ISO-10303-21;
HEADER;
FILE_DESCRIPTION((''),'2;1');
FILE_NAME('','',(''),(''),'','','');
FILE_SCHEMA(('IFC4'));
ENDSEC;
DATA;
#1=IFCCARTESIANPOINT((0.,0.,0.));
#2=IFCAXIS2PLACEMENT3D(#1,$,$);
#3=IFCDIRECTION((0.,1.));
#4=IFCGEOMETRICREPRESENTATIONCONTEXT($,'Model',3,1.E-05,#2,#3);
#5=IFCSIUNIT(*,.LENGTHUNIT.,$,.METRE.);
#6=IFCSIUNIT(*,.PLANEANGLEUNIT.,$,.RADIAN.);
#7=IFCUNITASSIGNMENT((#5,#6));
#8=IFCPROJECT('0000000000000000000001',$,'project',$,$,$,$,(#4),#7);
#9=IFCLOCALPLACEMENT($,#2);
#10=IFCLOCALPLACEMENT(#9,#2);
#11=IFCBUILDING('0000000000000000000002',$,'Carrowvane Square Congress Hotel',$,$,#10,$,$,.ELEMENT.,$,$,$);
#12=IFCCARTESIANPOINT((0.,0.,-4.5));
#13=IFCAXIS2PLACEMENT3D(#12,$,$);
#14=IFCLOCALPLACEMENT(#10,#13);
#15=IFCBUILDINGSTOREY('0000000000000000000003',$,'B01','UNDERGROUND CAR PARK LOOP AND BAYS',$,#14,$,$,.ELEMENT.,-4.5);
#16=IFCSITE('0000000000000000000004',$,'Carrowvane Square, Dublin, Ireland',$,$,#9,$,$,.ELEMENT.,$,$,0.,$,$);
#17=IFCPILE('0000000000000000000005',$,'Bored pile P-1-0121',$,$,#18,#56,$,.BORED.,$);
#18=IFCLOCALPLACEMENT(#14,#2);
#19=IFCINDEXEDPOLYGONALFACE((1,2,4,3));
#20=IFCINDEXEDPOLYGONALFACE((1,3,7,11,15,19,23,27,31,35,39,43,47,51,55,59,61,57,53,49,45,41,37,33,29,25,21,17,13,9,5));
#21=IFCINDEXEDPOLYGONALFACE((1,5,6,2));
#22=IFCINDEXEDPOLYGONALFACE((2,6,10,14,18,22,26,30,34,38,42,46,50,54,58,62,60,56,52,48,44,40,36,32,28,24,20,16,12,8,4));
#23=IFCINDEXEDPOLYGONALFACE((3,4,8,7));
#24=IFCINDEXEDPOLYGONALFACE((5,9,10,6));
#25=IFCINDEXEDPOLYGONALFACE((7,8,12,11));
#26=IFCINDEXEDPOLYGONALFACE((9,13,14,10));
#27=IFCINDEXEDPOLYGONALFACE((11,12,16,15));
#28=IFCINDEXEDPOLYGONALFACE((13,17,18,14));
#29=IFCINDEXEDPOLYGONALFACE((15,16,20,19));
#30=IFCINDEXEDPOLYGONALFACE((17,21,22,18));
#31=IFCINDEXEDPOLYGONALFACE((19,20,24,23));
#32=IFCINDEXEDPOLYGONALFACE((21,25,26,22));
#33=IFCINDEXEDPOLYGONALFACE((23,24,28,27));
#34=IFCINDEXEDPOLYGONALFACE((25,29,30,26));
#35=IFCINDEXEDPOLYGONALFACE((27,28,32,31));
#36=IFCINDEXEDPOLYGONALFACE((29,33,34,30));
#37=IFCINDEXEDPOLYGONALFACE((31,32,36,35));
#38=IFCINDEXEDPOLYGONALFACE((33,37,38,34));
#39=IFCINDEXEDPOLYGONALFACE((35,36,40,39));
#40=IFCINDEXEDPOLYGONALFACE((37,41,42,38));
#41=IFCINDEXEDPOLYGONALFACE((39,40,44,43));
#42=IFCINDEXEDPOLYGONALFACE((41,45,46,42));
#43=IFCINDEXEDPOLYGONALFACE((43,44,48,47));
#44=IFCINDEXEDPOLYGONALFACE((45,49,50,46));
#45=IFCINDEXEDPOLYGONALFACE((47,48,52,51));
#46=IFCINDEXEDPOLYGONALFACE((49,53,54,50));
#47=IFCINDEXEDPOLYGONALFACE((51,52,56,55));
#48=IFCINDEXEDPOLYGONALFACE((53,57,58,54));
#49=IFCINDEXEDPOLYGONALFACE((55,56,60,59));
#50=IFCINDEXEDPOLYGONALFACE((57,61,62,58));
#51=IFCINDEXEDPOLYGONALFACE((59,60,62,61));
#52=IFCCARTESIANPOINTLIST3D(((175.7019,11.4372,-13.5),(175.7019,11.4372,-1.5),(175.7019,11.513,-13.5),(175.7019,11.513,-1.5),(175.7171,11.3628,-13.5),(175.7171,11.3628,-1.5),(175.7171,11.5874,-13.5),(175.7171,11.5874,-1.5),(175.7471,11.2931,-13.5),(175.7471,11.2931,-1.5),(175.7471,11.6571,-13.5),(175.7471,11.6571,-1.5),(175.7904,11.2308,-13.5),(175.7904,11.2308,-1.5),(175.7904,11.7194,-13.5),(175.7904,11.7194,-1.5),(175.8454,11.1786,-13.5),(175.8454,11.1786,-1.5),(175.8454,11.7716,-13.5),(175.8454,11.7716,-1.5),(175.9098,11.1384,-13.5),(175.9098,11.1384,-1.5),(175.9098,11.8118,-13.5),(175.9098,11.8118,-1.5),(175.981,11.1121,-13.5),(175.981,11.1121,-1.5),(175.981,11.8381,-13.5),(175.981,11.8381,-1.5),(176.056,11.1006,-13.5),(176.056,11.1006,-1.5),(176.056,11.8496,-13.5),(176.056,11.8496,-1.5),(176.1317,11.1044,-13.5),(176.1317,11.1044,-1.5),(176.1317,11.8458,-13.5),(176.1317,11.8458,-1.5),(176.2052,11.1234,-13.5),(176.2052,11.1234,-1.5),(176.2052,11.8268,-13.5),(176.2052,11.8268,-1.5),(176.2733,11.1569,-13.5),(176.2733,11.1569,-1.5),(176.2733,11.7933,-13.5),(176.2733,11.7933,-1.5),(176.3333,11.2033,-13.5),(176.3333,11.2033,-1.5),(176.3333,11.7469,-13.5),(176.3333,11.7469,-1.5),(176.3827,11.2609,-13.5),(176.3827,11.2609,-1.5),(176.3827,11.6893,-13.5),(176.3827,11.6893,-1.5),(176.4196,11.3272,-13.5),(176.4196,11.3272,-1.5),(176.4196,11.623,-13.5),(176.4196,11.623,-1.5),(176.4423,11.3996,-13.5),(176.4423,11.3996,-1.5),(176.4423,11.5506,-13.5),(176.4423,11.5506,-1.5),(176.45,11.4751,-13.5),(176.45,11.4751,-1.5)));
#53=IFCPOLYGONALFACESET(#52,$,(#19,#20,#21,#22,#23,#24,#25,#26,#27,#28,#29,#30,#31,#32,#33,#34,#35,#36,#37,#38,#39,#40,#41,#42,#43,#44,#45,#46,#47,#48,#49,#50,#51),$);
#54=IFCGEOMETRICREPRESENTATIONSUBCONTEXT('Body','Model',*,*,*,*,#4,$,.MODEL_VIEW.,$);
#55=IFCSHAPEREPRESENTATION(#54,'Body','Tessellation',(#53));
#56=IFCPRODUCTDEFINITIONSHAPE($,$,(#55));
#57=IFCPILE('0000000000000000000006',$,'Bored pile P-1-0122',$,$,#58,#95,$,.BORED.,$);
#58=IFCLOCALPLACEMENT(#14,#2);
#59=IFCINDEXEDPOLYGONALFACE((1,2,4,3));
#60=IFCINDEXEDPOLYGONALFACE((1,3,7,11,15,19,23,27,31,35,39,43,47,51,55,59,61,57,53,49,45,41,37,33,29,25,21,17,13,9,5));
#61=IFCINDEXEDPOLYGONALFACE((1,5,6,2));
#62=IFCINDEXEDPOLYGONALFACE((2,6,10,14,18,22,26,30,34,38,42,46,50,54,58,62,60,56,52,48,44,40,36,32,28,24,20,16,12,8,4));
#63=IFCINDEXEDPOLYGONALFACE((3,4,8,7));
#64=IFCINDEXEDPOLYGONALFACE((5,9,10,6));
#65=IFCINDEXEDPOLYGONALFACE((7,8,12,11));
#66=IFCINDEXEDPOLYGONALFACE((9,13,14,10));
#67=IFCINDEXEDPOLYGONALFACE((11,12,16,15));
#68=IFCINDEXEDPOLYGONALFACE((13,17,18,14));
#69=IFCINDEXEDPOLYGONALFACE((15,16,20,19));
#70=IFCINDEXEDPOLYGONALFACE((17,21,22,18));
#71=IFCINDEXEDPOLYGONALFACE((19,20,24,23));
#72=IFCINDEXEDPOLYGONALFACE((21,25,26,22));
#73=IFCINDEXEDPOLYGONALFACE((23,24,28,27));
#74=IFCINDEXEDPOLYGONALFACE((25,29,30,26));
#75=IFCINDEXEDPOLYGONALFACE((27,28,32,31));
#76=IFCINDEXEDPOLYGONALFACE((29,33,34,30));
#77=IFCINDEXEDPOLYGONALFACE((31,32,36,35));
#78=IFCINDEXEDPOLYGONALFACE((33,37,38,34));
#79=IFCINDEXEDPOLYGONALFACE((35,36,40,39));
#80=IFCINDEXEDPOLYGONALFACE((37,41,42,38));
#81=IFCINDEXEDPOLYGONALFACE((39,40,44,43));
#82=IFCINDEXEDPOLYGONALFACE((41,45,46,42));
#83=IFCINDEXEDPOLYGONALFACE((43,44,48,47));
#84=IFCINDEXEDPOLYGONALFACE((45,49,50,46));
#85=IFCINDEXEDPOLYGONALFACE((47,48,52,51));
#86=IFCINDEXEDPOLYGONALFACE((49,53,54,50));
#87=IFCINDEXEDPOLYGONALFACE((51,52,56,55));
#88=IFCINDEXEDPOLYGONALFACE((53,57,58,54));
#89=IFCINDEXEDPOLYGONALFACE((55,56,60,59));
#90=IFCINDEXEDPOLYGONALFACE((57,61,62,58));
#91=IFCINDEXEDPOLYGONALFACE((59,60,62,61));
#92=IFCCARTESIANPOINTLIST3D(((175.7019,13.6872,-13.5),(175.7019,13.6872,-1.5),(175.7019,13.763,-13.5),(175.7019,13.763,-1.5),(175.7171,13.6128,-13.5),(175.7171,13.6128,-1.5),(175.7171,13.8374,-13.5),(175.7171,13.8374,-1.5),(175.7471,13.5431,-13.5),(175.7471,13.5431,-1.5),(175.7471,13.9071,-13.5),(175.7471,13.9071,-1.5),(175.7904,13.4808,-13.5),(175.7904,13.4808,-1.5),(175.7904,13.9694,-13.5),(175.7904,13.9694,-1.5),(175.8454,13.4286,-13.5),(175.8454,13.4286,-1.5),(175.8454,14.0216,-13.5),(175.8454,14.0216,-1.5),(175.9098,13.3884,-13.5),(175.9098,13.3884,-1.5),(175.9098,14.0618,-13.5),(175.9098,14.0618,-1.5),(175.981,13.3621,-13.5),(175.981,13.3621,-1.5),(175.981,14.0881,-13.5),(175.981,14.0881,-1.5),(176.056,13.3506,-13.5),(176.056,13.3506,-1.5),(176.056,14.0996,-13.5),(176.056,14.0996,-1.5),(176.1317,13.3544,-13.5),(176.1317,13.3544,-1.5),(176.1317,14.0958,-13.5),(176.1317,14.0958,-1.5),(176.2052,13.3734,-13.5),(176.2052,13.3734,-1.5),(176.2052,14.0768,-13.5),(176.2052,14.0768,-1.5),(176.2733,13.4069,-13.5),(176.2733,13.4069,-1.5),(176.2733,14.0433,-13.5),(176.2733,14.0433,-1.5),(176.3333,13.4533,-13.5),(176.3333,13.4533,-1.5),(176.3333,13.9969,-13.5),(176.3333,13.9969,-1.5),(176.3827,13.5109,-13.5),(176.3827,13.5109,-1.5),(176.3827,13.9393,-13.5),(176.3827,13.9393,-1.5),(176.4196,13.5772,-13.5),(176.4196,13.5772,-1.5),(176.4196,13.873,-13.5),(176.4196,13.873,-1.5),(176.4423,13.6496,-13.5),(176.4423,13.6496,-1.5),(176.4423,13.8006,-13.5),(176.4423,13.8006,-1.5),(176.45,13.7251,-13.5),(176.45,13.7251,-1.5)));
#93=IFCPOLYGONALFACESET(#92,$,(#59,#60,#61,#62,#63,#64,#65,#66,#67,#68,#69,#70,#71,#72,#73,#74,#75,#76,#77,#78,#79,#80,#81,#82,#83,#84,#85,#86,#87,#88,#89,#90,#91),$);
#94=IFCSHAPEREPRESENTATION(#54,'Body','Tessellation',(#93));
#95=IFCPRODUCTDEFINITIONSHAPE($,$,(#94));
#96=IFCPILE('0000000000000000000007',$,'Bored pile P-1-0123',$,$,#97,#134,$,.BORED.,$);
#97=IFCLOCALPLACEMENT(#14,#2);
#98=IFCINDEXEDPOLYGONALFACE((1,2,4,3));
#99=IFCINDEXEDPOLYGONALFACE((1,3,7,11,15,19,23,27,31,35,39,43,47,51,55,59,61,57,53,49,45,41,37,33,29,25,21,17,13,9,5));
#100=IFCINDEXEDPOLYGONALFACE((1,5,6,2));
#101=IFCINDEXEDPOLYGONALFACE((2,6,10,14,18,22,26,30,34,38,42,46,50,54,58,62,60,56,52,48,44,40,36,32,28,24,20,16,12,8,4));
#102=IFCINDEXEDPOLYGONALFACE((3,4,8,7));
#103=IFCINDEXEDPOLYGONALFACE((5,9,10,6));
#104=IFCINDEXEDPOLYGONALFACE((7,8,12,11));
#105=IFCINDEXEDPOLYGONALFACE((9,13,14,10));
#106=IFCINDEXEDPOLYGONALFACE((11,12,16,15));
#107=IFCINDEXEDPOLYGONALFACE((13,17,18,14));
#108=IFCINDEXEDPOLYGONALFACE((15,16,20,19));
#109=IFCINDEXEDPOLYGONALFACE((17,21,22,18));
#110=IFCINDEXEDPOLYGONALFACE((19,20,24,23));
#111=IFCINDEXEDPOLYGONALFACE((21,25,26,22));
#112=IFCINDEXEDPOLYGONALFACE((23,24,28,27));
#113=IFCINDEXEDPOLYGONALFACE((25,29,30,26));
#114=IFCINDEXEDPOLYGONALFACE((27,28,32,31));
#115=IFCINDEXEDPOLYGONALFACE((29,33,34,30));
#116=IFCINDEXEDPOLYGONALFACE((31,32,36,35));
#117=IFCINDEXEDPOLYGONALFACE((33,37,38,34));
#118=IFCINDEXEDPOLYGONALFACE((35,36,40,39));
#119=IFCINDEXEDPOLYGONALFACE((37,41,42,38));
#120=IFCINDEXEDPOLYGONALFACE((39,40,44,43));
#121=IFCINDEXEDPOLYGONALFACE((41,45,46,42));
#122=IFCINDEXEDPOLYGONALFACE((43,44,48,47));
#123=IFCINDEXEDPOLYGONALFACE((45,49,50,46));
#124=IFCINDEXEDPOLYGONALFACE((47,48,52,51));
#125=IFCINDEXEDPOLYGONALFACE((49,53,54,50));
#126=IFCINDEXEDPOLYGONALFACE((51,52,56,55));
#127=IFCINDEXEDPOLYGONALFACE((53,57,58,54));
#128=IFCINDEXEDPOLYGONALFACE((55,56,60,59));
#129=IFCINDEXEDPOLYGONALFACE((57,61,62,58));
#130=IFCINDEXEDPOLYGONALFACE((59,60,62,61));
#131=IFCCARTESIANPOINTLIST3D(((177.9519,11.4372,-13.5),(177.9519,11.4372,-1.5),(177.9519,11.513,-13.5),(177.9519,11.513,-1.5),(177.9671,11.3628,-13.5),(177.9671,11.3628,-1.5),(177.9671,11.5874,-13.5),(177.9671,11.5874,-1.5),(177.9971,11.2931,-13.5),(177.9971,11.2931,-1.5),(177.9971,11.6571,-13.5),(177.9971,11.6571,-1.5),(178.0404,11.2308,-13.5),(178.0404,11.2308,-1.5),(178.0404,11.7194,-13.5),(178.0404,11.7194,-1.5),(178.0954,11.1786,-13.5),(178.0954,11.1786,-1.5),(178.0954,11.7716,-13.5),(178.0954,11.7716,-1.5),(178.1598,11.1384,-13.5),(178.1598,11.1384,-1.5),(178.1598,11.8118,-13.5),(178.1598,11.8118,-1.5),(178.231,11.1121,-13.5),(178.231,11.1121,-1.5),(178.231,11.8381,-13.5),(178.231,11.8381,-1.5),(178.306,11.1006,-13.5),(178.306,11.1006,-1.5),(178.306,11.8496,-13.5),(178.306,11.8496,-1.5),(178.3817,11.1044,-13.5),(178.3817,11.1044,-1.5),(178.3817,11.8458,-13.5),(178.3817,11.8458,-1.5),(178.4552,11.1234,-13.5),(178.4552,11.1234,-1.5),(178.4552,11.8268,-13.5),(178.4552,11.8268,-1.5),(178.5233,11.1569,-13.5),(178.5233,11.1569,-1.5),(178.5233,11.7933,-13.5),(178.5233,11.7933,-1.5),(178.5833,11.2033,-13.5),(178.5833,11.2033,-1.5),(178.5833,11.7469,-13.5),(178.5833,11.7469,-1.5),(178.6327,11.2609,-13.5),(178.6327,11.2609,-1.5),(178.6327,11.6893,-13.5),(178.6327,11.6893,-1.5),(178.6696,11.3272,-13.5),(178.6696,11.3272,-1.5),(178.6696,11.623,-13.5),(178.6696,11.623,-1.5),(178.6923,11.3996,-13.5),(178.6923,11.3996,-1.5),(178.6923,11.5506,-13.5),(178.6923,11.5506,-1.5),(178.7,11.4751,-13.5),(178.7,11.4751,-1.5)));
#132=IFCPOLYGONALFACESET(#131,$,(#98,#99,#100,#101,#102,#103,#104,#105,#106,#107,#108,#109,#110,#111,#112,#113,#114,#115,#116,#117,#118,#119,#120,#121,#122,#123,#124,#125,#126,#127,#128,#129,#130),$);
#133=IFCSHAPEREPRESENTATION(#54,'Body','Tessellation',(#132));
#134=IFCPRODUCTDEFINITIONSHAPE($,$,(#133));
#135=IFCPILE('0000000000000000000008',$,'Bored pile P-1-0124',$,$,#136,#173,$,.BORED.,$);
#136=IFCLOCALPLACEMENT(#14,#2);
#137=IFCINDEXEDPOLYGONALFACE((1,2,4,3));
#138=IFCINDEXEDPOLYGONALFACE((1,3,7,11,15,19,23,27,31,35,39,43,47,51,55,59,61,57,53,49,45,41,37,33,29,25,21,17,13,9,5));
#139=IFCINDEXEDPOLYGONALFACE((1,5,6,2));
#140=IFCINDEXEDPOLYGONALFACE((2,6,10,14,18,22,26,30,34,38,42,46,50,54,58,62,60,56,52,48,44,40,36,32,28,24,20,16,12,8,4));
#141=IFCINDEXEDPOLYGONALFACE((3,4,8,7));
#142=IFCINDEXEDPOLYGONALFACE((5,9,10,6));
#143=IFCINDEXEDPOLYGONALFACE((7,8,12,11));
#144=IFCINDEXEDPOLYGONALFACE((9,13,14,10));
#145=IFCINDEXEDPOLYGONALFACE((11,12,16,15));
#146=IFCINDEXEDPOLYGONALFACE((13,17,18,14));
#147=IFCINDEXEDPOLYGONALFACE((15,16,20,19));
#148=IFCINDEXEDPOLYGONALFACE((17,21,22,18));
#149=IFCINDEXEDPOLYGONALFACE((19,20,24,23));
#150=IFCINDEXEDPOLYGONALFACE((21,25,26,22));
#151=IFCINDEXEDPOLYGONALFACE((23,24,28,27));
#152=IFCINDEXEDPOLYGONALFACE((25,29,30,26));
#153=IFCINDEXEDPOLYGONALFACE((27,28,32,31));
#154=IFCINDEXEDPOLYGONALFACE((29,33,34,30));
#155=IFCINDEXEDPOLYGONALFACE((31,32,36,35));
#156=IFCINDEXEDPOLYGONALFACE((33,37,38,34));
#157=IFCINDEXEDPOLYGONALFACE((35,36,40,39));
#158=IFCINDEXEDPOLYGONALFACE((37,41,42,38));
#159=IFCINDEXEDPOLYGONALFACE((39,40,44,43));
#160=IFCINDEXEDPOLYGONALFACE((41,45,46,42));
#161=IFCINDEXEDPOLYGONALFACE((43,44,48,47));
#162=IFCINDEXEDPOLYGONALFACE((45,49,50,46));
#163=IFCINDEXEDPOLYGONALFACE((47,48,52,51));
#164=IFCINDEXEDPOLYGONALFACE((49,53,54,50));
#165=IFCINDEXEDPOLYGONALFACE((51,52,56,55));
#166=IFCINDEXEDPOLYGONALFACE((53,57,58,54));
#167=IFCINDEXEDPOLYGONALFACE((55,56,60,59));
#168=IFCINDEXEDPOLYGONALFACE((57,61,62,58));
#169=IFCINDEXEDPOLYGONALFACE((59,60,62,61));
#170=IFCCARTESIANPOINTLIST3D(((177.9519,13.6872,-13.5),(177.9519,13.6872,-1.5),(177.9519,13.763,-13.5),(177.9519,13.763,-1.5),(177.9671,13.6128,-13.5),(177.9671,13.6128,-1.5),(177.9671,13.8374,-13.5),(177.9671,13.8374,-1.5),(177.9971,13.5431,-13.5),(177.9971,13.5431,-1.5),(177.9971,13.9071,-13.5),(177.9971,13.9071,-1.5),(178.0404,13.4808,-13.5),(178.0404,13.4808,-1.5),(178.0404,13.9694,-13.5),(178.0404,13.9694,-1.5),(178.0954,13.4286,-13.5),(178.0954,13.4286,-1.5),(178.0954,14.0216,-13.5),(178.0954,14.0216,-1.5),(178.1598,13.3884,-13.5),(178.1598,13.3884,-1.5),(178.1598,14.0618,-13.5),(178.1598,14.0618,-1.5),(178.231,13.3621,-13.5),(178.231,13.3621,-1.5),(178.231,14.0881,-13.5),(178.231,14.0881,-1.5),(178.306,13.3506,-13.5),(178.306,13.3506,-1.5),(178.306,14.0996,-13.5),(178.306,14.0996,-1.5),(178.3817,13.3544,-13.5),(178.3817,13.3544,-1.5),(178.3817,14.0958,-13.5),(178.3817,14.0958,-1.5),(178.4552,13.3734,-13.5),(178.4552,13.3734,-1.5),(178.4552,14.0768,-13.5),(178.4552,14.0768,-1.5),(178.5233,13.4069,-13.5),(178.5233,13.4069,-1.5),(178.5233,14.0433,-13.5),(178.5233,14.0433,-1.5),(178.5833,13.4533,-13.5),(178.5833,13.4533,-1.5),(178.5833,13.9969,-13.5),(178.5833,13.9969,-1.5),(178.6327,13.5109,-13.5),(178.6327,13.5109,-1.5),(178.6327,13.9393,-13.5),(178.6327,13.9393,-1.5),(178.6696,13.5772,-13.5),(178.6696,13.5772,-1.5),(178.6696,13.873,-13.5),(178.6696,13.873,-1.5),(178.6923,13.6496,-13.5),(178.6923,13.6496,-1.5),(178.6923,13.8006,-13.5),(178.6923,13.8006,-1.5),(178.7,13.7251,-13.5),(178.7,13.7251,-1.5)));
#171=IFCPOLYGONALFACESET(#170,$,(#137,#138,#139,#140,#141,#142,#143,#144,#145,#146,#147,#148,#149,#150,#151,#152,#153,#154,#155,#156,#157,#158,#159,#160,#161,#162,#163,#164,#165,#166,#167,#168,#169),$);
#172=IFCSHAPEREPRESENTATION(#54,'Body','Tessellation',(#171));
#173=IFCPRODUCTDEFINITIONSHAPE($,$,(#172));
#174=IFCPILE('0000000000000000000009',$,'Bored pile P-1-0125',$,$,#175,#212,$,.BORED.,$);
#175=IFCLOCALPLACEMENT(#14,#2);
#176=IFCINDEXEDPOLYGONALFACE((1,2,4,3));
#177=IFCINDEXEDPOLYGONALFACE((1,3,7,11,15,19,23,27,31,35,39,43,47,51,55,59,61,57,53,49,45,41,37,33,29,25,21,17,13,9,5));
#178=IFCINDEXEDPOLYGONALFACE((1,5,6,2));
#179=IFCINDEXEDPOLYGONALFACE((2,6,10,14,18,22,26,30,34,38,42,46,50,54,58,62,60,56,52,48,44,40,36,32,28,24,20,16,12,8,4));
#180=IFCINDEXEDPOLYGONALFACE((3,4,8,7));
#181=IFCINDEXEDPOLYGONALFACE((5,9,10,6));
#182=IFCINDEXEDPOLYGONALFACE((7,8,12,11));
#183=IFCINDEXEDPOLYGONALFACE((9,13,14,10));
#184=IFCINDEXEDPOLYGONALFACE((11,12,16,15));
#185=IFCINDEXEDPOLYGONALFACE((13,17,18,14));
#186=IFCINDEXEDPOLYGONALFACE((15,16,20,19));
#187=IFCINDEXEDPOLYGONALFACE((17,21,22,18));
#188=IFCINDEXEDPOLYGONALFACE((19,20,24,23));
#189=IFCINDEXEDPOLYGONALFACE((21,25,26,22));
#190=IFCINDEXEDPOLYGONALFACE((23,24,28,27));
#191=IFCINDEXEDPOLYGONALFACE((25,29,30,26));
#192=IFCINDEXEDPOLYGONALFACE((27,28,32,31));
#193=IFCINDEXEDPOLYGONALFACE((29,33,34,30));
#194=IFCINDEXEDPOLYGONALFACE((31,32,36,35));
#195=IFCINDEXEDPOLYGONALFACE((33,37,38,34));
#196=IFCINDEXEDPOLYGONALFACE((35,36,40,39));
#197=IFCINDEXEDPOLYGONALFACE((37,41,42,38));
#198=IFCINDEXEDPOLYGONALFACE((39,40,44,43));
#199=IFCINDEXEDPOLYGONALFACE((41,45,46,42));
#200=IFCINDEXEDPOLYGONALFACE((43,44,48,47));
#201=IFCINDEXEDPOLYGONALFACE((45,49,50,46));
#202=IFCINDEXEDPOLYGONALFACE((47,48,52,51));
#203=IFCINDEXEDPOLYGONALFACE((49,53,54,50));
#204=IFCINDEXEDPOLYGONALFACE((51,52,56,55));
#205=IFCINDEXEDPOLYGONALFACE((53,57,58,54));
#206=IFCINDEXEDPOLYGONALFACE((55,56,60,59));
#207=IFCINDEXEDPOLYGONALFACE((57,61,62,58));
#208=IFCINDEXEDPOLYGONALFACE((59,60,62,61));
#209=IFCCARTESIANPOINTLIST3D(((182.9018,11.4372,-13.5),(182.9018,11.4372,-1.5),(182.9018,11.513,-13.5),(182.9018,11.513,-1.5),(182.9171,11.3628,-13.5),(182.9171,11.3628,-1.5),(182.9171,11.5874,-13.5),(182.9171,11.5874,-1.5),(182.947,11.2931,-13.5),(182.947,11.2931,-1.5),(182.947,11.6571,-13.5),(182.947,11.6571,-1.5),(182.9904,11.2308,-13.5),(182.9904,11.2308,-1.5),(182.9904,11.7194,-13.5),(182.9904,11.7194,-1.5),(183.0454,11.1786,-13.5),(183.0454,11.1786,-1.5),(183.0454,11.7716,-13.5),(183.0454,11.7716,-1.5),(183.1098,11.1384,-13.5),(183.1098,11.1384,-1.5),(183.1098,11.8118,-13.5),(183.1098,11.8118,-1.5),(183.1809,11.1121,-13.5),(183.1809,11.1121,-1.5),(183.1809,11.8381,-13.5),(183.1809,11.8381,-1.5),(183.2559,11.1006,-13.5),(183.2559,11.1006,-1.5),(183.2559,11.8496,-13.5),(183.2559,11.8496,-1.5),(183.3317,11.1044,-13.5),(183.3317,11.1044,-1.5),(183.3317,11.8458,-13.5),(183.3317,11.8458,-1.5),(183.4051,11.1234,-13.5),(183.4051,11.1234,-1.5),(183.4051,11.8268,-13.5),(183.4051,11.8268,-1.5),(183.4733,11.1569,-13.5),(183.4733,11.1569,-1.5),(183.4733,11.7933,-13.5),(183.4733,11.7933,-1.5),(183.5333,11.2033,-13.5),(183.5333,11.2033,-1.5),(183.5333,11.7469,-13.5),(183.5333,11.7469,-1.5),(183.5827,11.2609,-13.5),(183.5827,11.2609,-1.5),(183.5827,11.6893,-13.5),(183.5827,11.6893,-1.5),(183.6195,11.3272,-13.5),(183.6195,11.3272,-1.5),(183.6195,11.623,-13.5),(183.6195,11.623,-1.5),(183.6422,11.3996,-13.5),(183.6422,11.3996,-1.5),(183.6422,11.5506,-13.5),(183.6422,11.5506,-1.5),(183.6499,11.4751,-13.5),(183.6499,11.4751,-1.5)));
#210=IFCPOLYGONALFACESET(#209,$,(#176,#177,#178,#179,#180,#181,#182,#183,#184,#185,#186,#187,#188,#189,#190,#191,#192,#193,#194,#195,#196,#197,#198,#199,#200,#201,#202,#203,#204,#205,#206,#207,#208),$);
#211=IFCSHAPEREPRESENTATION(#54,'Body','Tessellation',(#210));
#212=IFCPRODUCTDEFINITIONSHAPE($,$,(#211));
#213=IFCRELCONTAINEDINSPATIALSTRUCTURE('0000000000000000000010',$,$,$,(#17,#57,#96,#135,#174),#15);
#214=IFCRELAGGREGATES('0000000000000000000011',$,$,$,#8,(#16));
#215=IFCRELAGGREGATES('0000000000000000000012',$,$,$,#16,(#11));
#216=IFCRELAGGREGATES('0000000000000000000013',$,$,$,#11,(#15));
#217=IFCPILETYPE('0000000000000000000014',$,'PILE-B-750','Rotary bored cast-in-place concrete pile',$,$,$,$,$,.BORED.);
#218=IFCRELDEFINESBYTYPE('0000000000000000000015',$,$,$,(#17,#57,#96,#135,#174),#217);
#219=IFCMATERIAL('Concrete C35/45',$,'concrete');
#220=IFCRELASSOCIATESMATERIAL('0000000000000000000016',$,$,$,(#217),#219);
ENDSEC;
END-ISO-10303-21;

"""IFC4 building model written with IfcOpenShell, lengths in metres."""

from ifc_helpers import new_model, si_unit, direction, frame, origin, origin_2d, place, context, subcontext, project, spatial, circle, extrude, material, material_profile, profile_set, type_object, element, save


model = new_model("IFC4")

# Units and contexts
model_context = context("Model", 3, precision=1e-05, world=origin(), true_north=direction((0.0, 1.0)))
body_context = subcontext(model_context, "Body", "Model", "MODEL_VIEW")
ifc_project = project(units=[si_unit("LENGTHUNIT", "METRE"), si_unit("PLANEANGLEUNIT", "RADIAN")], contexts=[model_context])

# Site, building, storey
site_placement = place(None, origin())
site = spatial("IfcSite", under=ifc_project, at=site_placement, Name="Carrowvane Square, Dublin, Ireland", CompositionType="ELEMENT", RefElevation=0.0)
building_placement = place(site_placement, origin())
building = spatial("IfcBuilding", under=site, at=building_placement, Name="Carrowvane Square Congress Hotel", CompositionType="ELEMENT")
storey_placement = place(building_placement, frame((0.0, 0.0, -4.5)))
storey = spatial("IfcBuildingStorey", under=building, at=storey_placement, Name="B01", Description="UNDERGROUND CAR PARK LOOP AND BAYS", CompositionType="ELEMENT", Elevation=-4.5)

# Piles
ifc_material_1 = material(Name="Concrete C35/45", Category="concrete")
ifc_material_profile_1 = material_profile(ifc_material_1, circle(Radius=0.375, at=origin_2d()), Name="PILE D750")
ifc_profile_set_1 = profile_set([ifc_material_profile_1], Name="Concrete C35/45")
pile_type_1 = type_object("IfcPileType", Name="PILE-B-750", Description="Rotary bored cast-in-place concrete pile", PredefinedType="BORED", material=ifc_profile_set_1)
for number, where, z_axis, x_axis, name in (
    (1, (176.075, 11.4751, -1.5), (0.0, 0.0, -1.0), (1.0, 0.0, 0.0), "Bored pile P-1-0121"),
    (2, (176.075, 13.7251, -1.5), (0.0, 0.0, -1.0), (1.0, 0.0, 0.0), "Bored pile P-1-0122"),
    (3, (178.325, 11.4751, -1.5), (0.0, 0.0, -1.0), (1.0, 0.0, 0.0), "Bored pile P-1-0123"),
    (4, (178.325, 13.7251, -1.5), (0.0, 0.0, -1.0), (1.0, 0.0, 0.0), "Bored pile P-1-0124"),
    (5, (183.2749, 11.4751, -1.5), (0.0, 0.0, -1.0), (1.0, 0.0, 0.0), "Bored pile P-1-0125"),
):
    element("IfcPile", number, at=place(storey_placement, frame(where, z_axis=z_axis, x_axis=x_axis)), inside=storey, type_object=pile_type_1, Name=name, PredefinedType="BORED", context=body_context, shape_type="SweptSolid", body=[
        extrude(circle(Radius=0.375, at=origin_2d()), origin(), (0.0, 0.0, 1.0), 12.0),
    ])

save(model, "model.ifc")
